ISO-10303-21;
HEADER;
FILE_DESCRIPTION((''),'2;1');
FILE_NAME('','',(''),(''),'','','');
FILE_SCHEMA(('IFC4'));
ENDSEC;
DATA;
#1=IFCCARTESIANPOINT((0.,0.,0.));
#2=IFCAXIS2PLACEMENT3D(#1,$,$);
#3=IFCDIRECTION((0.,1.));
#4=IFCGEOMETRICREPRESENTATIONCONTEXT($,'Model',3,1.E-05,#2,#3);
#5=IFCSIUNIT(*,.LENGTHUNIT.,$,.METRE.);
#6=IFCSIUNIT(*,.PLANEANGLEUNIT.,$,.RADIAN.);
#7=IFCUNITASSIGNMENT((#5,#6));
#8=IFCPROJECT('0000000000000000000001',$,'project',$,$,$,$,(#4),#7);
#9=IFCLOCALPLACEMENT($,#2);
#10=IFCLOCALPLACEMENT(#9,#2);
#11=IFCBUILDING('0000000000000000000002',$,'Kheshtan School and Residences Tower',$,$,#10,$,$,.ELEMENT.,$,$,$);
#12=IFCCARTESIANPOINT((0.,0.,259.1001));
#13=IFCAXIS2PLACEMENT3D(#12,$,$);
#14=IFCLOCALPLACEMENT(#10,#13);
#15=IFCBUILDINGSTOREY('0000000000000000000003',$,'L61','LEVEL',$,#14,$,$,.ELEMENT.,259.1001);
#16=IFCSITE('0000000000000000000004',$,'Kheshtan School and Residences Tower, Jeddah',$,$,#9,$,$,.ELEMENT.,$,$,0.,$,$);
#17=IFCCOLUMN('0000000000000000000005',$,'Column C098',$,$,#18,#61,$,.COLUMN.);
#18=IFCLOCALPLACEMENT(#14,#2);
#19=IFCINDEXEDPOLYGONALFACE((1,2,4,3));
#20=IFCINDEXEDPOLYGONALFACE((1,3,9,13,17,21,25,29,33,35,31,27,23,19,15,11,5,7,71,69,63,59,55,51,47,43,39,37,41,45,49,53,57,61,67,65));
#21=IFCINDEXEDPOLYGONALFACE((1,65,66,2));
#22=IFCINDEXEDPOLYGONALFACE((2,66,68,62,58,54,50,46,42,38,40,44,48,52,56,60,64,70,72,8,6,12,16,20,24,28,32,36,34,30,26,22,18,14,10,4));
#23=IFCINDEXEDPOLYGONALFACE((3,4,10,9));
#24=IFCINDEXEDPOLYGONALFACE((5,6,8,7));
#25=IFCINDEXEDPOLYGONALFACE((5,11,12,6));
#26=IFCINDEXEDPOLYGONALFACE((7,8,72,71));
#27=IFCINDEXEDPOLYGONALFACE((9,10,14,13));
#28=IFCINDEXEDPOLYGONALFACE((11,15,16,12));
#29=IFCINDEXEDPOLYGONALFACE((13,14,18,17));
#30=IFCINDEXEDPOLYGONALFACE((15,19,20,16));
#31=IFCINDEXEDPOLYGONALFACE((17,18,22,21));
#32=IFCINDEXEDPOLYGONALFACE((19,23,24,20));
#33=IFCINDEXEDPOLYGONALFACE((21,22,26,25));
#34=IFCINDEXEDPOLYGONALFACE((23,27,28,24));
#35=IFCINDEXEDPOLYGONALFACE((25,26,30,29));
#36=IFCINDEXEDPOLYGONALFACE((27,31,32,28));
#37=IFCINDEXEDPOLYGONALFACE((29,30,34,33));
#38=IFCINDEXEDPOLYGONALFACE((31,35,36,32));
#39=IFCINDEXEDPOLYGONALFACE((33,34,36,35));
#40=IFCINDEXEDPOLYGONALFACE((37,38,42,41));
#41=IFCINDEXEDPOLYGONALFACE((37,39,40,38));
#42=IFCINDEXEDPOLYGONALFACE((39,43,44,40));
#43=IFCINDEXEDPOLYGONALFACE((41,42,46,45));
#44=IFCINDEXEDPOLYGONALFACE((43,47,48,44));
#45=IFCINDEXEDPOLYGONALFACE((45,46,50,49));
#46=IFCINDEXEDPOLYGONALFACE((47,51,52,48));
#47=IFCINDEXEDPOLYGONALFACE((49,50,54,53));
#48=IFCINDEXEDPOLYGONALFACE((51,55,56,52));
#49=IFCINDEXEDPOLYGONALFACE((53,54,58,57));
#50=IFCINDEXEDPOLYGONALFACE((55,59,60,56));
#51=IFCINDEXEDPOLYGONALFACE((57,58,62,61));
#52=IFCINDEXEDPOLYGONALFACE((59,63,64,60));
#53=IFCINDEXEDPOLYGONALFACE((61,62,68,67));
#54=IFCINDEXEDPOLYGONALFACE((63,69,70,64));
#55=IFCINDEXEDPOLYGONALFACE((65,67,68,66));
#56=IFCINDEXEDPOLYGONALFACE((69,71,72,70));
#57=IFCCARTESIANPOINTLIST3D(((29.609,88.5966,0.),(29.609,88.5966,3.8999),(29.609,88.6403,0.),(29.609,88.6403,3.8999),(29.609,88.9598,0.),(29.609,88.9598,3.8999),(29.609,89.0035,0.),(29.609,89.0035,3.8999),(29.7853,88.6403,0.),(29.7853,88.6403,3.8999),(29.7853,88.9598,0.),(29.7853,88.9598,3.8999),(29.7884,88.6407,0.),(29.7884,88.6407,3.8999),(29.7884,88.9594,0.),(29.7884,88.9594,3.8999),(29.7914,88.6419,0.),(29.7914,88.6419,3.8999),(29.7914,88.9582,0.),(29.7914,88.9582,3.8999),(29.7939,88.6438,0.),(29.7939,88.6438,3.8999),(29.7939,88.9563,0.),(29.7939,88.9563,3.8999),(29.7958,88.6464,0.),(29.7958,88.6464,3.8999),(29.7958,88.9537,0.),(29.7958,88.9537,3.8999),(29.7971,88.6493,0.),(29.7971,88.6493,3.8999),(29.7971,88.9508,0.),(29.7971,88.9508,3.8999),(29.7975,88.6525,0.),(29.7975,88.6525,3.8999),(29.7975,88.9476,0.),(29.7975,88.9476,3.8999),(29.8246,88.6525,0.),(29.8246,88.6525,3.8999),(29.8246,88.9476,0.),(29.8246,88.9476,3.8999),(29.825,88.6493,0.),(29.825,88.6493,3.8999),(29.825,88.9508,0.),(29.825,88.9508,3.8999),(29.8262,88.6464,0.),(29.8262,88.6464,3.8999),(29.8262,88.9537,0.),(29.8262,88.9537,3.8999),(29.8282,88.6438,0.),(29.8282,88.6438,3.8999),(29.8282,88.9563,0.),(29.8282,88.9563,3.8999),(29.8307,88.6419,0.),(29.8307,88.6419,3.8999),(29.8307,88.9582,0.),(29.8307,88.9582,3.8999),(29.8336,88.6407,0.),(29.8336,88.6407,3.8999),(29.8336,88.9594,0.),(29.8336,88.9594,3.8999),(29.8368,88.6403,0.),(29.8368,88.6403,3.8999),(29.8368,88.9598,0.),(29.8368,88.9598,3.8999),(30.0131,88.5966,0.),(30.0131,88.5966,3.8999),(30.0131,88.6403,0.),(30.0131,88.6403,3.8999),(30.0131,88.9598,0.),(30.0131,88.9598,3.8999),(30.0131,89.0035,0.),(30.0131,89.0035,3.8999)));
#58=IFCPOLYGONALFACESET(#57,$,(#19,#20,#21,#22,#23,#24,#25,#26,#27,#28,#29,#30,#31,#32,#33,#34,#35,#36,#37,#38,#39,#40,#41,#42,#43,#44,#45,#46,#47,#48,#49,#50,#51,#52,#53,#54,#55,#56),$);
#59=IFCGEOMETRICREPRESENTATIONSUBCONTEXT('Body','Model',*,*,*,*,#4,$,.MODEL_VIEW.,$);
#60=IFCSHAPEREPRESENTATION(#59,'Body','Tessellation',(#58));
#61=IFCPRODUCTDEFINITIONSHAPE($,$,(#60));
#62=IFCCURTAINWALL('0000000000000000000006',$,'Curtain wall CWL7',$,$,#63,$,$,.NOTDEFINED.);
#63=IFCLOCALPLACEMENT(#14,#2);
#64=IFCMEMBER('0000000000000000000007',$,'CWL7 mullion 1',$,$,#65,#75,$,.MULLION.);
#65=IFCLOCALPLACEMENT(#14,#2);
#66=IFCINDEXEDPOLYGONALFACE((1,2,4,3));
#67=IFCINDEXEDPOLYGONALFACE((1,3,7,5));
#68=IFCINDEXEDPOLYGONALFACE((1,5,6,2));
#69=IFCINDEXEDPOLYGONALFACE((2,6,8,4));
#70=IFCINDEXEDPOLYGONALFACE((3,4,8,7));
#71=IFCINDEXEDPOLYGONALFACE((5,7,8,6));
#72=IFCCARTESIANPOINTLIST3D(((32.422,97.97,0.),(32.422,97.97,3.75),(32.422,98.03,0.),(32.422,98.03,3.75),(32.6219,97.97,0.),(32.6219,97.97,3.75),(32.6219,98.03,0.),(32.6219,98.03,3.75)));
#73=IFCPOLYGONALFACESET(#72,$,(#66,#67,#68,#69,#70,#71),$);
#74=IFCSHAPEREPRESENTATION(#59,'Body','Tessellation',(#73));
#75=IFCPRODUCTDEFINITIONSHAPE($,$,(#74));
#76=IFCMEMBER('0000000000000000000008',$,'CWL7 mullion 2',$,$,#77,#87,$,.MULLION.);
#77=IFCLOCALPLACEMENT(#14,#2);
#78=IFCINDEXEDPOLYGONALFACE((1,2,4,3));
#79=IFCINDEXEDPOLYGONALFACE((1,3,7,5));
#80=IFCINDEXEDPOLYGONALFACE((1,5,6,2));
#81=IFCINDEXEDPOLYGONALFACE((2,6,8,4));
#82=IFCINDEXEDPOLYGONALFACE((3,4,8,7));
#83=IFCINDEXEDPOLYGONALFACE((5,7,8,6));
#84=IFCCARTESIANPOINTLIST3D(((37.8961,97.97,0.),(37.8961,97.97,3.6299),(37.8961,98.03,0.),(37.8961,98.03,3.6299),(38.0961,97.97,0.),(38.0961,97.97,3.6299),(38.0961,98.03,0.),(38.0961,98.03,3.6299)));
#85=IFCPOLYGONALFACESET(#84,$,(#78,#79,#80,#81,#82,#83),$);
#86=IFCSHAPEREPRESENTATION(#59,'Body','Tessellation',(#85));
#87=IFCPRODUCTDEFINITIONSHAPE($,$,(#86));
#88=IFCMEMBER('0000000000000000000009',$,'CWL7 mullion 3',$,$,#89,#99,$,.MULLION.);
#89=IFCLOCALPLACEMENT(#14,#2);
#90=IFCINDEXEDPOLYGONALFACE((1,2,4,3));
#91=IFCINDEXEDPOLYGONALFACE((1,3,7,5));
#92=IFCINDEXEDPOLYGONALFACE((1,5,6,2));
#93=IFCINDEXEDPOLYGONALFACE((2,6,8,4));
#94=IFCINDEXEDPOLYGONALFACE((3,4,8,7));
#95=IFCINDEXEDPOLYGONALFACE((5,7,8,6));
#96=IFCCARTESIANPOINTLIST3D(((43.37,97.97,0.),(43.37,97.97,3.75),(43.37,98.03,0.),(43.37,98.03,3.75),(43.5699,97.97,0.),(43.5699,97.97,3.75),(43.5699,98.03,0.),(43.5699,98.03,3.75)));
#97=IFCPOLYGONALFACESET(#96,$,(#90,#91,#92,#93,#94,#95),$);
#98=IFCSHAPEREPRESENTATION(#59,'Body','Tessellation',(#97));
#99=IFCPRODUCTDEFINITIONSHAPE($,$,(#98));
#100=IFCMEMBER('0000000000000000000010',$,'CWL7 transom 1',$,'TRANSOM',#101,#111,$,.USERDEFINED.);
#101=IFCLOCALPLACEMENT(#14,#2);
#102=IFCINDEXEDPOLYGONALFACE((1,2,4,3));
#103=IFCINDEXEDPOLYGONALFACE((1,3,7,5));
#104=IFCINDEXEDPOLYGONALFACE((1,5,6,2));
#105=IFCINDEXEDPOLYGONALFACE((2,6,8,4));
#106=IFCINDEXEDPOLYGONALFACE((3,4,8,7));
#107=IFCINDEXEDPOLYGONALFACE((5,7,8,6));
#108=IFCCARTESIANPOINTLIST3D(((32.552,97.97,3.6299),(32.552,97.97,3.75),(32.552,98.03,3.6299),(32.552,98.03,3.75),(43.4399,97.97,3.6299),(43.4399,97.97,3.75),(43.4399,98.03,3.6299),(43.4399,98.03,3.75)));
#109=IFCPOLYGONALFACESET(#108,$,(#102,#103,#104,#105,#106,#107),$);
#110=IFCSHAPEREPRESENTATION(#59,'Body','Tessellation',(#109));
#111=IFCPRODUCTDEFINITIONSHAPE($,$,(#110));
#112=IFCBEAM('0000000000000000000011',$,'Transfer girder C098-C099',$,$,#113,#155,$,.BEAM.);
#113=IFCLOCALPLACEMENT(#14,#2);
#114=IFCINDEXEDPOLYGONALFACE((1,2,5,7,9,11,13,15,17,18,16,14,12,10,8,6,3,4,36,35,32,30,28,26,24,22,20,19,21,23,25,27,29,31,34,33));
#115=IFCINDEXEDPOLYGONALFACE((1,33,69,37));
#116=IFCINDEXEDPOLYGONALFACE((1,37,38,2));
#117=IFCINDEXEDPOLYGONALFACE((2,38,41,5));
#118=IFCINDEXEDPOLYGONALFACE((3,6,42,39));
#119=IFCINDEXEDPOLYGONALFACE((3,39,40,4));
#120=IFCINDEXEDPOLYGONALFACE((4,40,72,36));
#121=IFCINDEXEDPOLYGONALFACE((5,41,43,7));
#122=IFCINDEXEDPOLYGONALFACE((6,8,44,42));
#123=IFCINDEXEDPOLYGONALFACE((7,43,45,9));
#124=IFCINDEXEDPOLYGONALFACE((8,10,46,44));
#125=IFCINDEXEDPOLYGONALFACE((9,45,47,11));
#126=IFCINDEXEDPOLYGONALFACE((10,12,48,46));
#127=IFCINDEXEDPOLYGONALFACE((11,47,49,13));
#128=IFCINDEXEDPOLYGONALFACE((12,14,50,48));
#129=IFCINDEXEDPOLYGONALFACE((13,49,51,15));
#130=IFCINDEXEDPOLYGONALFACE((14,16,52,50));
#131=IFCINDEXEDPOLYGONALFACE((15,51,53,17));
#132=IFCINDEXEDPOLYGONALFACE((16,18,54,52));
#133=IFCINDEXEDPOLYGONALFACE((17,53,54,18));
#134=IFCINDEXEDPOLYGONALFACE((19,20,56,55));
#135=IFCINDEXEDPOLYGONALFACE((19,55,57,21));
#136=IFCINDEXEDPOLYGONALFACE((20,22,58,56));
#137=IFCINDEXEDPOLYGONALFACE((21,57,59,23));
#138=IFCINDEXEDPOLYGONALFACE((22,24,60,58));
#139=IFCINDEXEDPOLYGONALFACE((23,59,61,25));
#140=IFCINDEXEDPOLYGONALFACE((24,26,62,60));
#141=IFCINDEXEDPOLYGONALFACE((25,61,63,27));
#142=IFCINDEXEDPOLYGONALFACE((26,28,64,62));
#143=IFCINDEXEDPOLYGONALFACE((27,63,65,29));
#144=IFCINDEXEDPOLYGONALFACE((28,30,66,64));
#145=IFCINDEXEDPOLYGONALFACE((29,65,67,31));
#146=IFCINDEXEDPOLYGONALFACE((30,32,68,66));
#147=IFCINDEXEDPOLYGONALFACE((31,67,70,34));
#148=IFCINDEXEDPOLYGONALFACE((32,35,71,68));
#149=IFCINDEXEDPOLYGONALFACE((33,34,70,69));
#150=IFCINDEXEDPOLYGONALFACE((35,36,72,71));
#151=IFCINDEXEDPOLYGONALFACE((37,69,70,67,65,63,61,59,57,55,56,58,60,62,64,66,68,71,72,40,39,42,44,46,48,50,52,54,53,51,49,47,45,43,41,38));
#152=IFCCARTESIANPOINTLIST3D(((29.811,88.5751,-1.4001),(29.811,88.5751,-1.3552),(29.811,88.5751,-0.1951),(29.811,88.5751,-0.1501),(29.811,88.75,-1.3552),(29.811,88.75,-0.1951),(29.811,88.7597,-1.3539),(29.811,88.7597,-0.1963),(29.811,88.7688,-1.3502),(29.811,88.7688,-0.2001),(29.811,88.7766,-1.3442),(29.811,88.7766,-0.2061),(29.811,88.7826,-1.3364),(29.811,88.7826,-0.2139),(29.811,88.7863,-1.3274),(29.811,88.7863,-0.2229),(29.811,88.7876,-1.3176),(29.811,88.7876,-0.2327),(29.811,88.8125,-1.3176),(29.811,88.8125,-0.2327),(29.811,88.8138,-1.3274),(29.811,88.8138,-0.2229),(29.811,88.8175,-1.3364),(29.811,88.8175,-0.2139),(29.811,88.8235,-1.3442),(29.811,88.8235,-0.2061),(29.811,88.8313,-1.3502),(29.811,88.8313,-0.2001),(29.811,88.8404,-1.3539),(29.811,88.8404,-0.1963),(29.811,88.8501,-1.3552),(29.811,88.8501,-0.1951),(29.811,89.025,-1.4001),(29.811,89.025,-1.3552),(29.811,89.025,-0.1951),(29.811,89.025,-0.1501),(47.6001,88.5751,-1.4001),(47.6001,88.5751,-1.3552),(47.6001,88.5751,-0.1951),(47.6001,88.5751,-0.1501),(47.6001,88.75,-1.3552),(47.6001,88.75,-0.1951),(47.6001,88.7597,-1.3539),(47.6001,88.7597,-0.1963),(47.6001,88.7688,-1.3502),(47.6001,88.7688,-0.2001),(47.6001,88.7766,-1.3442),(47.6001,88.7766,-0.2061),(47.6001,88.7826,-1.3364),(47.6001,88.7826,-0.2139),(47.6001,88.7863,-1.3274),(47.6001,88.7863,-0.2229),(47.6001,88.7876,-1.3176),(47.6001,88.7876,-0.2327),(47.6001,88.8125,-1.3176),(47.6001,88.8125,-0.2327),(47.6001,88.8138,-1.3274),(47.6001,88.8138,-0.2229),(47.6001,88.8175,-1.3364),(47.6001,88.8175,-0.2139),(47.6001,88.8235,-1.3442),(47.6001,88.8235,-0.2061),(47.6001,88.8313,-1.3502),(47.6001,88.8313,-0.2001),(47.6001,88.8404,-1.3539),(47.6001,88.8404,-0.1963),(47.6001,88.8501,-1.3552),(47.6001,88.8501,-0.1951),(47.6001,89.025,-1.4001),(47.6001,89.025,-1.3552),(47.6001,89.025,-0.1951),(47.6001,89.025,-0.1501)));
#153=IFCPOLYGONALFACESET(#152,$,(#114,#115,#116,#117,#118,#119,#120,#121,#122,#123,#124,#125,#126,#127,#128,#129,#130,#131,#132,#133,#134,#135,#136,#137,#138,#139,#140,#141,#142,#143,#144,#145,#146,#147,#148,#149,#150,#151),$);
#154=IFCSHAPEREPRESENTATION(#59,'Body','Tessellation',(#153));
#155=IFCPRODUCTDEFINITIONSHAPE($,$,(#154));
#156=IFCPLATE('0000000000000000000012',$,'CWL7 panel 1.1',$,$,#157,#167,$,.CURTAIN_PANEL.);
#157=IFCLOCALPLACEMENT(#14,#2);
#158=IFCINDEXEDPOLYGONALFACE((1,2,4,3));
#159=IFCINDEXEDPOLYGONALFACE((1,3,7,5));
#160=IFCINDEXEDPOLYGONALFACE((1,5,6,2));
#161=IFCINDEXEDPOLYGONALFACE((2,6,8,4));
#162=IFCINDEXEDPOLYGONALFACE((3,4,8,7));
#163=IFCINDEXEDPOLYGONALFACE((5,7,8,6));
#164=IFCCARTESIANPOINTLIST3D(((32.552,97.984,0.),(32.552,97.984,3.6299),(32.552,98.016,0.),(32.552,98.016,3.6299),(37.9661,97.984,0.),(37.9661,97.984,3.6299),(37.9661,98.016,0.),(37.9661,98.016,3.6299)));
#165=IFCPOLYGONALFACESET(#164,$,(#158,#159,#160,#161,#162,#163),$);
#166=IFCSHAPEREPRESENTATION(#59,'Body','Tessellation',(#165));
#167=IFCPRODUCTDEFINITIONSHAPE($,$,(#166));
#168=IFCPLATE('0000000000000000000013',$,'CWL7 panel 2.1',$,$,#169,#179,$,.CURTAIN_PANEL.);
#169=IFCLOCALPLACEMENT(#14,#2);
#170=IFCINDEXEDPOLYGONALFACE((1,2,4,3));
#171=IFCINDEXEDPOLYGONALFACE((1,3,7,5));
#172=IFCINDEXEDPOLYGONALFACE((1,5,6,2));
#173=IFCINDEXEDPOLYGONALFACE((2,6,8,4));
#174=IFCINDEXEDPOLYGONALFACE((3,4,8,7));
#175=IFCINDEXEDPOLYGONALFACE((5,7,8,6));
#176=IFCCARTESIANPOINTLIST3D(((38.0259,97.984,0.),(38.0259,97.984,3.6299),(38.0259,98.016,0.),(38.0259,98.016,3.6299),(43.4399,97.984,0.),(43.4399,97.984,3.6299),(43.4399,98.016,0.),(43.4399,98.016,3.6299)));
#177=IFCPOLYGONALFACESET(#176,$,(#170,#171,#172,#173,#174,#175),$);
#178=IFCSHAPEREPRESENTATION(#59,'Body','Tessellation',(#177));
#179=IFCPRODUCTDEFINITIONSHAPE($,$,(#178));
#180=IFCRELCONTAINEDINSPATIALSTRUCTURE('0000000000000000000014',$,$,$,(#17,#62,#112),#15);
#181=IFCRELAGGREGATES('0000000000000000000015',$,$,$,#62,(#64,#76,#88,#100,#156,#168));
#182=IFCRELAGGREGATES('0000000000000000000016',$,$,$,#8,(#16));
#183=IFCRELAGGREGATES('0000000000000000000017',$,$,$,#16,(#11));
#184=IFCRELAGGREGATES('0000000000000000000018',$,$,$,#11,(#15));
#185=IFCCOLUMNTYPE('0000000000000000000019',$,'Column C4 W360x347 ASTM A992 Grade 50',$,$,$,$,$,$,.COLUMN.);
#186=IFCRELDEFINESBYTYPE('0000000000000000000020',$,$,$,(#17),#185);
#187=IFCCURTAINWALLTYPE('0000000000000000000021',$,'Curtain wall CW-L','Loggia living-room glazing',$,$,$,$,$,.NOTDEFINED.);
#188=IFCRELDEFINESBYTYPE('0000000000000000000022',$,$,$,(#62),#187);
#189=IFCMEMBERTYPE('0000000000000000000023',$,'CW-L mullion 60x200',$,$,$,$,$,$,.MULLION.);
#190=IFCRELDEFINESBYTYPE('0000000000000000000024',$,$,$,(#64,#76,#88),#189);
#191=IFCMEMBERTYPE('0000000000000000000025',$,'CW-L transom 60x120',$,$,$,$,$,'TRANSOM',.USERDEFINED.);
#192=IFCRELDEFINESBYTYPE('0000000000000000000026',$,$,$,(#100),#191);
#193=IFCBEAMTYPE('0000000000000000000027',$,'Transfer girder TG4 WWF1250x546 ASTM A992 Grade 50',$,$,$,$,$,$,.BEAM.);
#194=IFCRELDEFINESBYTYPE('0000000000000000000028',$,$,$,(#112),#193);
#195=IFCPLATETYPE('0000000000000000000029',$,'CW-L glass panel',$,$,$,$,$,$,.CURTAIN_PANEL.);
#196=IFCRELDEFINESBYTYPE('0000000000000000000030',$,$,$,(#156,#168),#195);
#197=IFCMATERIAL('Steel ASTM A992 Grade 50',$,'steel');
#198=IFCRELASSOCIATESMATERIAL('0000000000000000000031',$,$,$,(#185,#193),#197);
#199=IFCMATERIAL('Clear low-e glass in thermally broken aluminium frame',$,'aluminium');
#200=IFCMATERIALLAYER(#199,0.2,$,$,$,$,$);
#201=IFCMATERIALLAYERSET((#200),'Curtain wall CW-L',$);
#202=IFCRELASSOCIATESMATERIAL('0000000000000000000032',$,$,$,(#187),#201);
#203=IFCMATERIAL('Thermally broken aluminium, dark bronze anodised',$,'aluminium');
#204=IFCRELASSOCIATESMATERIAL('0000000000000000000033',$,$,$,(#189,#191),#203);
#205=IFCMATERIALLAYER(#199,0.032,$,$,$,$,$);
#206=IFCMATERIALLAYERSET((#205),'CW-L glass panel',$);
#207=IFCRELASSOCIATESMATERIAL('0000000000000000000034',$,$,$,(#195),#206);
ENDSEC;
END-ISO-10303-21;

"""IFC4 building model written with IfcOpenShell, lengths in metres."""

from ifc_helpers import new_model, si_unit, direction, frame, origin, origin_2d, place, context, subcontext, project, spatial, rectangle, i_section, extrude, material, layer, layer_set, material_profile, profile_set, type_object, element, aggregate, save


model = new_model("IFC4")

# Units and contexts
model_context = context("Model", 3, precision=1e-05, world=origin(), true_north=direction((0.0, 1.0)))
body_context = subcontext(model_context, "Body", "Model", "MODEL_VIEW")
ifc_project = project(units=[si_unit("LENGTHUNIT", "METRE"), si_unit("PLANEANGLEUNIT", "RADIAN")], contexts=[model_context])

# Site, building, storey
site_placement = place(None, origin())
site = spatial("IfcSite", under=ifc_project, at=site_placement, Name="Kheshtan School and Residences Tower, Jeddah", CompositionType="ELEMENT", RefElevation=0.0)
building_placement = place(site_placement, origin())
building = spatial("IfcBuilding", under=site, at=building_placement, Name="Kheshtan School and Residences Tower", CompositionType="ELEMENT")
storey_placement = place(building_placement, frame((0.0, 0.0, 259.1001)))
storey = spatial("IfcBuildingStorey", under=building, at=storey_placement, Name="L61", Description="LEVEL", CompositionType="ELEMENT", Elevation=259.1001)

# Column
ifc_material_1 = material(Name="Steel ASTM A992 Grade 50", Category="steel")
ifc_material_profile_1 = material_profile(ifc_material_1, i_section(OverallWidth=0.4041, OverallDepth=0.407, WebThickness=0.0271, FlangeThickness=0.0437, FilletRadius=0.0122, at=origin_2d()), Name="W360x347")
ifc_profile_set_1 = profile_set([ifc_material_profile_1], Name="Steel ASTM A992 Grade 50")
column_type = type_object("IfcColumnType", Name="Column C4 W360x347 ASTM A992 Grade 50", PredefinedType="COLUMN", material=ifc_profile_set_1)
column_placement = place(storey_placement, frame((29.811, 88.8, 0.0), z_axis=(0.0, 0.0, 1.0), x_axis=(1.0, 0.0, 0.0)))
element("IfcColumn", 1, at=column_placement, inside=storey, type_object=column_type, Name="Column C098", PredefinedType="COLUMN", context=body_context, shape_type="SweptSolid", body=[
    extrude(i_section(OverallWidth=0.4041, OverallDepth=0.407, WebThickness=0.0271, FlangeThickness=0.0437, FilletRadius=0.0122, at=origin_2d()), origin(), (0.0, 0.0, 1.0), 3.8999),
])

# Curtain wall, members
ifc_material_2 = material(Name="Clear low-e glass in thermally broken aluminium frame", Category="aluminium")
ifc_layer_1 = layer(ifc_material_2, 0.2)
ifc_layer_set_1 = layer_set([ifc_layer_1], Name="Curtain wall CW-L")
curtain_wall_type = type_object("IfcCurtainWallType", Name="Curtain wall CW-L", Description="Loggia living-room glazing", PredefinedType="NOTDEFINED", material=ifc_layer_set_1)
curtain_wall_placement = place(storey_placement, origin())
curtain_wall = element("IfcCurtainWall", 2, at=curtain_wall_placement, inside=storey, type_object=curtain_wall_type, Name="Curtain wall CWL7", PredefinedType="NOTDEFINED")
ifc_material_3 = material(Name="Thermally broken aluminium, dark bronze anodised", Category="aluminium")
ifc_material_profile_2 = material_profile(ifc_material_3, rectangle(XDim=0.0601, YDim=0.2, at=origin_2d()), Name="CW-L mullion 60x200")
ifc_profile_set_2 = profile_set([ifc_material_profile_2], Name="Thermally broken aluminium, dark bronze anodised")
member_type_1 = type_object("IfcMemberType", Name="CW-L mullion 60x200", PredefinedType="MULLION", material=ifc_profile_set_2)
member_1_placement = place(storey_placement, frame((32.522, 98.0, 0.0), z_axis=(0.0, 0.0, 1.0), x_axis=(0.0, 1.0, 0.0)))
member_1 = element("IfcMember", 3, at=member_1_placement, type_object=member_type_1, Name="CWL7 mullion 1", PredefinedType="MULLION", context=body_context, shape_type="SweptSolid", body=[
    extrude(rectangle(XDim=0.0601, YDim=0.2, at=origin_2d()), origin(), (0.0, 0.0, 1.0), 3.75),
])
member_2_placement = place(storey_placement, frame((37.9961, 98.0, 0.0), z_axis=(0.0, 0.0, 1.0), x_axis=(0.0, 1.0, 0.0)))
member_2 = element("IfcMember", 4, at=member_2_placement, type_object=member_type_1, Name="CWL7 mullion 2", PredefinedType="MULLION", context=body_context, shape_type="SweptSolid", body=[
    extrude(rectangle(XDim=0.0601, YDim=0.2, at=origin_2d()), origin(), (0.0, 0.0, 1.0), 3.6299),
])
member_3_placement = place(storey_placement, frame((43.47, 98.0, 0.0), z_axis=(0.0, 0.0, 1.0), x_axis=(0.0, 1.0, 0.0)))
member_3 = element("IfcMember", 5, at=member_3_placement, type_object=member_type_1, Name="CWL7 mullion 3", PredefinedType="MULLION", context=body_context, shape_type="SweptSolid", body=[
    extrude(rectangle(XDim=0.0601, YDim=0.2, at=origin_2d()), origin(), (0.0, 0.0, 1.0), 3.75),
])
ifc_material_profile_3 = material_profile(ifc_material_3, rectangle(XDim=0.0601, YDim=0.1201, at=origin_2d()), Name="CW-L transom 60x120")
ifc_profile_set_3 = profile_set([ifc_material_profile_3], Name="Thermally broken aluminium, dark bronze anodised")
member_type_2 = type_object("IfcMemberType", Name="CW-L transom 60x120", ElementType="TRANSOM", PredefinedType="USERDEFINED", material=ifc_profile_set_3)
member_4_placement = place(storey_placement, frame((32.552, 98.0, 3.6899), z_axis=(1.0, 0.0, 0.0), x_axis=(0.0, 1.0, 0.0)))
member_4 = element("IfcMember", 6, at=member_4_placement, type_object=member_type_2, Name="CWL7 transom 1", ObjectType="TRANSOM", PredefinedType="USERDEFINED", context=body_context, shape_type="SweptSolid", body=[
    extrude(rectangle(XDim=0.0601, YDim=0.1201, at=origin_2d()), origin(), (0.0, 0.0, 1.0), 10.8879),
])

# Beam
ifc_material_profile_4 = material_profile(ifc_material_1, i_section(OverallWidth=0.45, OverallDepth=1.25, WebThickness=0.0249, FlangeThickness=0.0449, FilletRadius=0.0376, at=origin_2d()), Name="WWF1250x546")
ifc_profile_set_4 = profile_set([ifc_material_profile_4], Name="Steel ASTM A992 Grade 50")
beam_type = type_object("IfcBeamType", Name="Transfer girder TG4 WWF1250x546 ASTM A992 Grade 50", PredefinedType="BEAM", material=ifc_profile_set_4)
beam_placement = place(storey_placement, frame((29.811, 88.8, -0.7751), z_axis=(1.0, 0.0, 0.0), x_axis=(0.0, 1.0, 0.0)))
element("IfcBeam", 7, at=beam_placement, inside=storey, type_object=beam_type, Name="Transfer girder C098-C099", PredefinedType="BEAM", context=body_context, shape_type="SweptSolid", body=[
    extrude(i_section(OverallWidth=0.45, OverallDepth=1.25, WebThickness=0.0249, FlangeThickness=0.0449, FilletRadius=0.0376, at=origin_2d()), origin(), (0.0, 0.0, 1.0), 17.7891),
])

# Plates
ifc_layer_2 = layer(ifc_material_2, 0.032)
ifc_layer_set_2 = layer_set([ifc_layer_2], Name="CW-L glass panel")
plate_type = type_object("IfcPlateType", Name="CW-L glass panel", PredefinedType="CURTAIN_PANEL", material=ifc_layer_set_2)
plate_1_placement = place(storey_placement, frame((35.259, 98.0, 0.0), z_axis=(0.0, 0.0, 1.0), x_axis=(1.0, 0.0, 0.0)))
plate_1 = element("IfcPlate", 8, at=plate_1_placement, type_object=plate_type, Name="CWL7 panel 1.1", PredefinedType="CURTAIN_PANEL", context=body_context, shape_type="SweptSolid", body=[
    extrude(rectangle(XDim=5.4141, YDim=0.032, at=origin_2d()), origin(), (0.0, 0.0, 1.0), 3.6299),
])
plate_2_placement = place(storey_placement, frame((40.7329, 98.0, 0.0), z_axis=(0.0, 0.0, 1.0), x_axis=(1.0, 0.0, 0.0)))
plate_2 = element("IfcPlate", 9, at=plate_2_placement, type_object=plate_type, Name="CWL7 panel 2.1", PredefinedType="CURTAIN_PANEL", context=body_context, shape_type="SweptSolid", body=[
    extrude(rectangle(XDim=5.4141, YDim=0.032, at=origin_2d()), origin(), (0.0, 0.0, 1.0), 3.6299),
])
aggregate(curtain_wall, [member_1, member_2, member_3, member_4, plate_1, plate_2])

save(model, "model.ifc")
